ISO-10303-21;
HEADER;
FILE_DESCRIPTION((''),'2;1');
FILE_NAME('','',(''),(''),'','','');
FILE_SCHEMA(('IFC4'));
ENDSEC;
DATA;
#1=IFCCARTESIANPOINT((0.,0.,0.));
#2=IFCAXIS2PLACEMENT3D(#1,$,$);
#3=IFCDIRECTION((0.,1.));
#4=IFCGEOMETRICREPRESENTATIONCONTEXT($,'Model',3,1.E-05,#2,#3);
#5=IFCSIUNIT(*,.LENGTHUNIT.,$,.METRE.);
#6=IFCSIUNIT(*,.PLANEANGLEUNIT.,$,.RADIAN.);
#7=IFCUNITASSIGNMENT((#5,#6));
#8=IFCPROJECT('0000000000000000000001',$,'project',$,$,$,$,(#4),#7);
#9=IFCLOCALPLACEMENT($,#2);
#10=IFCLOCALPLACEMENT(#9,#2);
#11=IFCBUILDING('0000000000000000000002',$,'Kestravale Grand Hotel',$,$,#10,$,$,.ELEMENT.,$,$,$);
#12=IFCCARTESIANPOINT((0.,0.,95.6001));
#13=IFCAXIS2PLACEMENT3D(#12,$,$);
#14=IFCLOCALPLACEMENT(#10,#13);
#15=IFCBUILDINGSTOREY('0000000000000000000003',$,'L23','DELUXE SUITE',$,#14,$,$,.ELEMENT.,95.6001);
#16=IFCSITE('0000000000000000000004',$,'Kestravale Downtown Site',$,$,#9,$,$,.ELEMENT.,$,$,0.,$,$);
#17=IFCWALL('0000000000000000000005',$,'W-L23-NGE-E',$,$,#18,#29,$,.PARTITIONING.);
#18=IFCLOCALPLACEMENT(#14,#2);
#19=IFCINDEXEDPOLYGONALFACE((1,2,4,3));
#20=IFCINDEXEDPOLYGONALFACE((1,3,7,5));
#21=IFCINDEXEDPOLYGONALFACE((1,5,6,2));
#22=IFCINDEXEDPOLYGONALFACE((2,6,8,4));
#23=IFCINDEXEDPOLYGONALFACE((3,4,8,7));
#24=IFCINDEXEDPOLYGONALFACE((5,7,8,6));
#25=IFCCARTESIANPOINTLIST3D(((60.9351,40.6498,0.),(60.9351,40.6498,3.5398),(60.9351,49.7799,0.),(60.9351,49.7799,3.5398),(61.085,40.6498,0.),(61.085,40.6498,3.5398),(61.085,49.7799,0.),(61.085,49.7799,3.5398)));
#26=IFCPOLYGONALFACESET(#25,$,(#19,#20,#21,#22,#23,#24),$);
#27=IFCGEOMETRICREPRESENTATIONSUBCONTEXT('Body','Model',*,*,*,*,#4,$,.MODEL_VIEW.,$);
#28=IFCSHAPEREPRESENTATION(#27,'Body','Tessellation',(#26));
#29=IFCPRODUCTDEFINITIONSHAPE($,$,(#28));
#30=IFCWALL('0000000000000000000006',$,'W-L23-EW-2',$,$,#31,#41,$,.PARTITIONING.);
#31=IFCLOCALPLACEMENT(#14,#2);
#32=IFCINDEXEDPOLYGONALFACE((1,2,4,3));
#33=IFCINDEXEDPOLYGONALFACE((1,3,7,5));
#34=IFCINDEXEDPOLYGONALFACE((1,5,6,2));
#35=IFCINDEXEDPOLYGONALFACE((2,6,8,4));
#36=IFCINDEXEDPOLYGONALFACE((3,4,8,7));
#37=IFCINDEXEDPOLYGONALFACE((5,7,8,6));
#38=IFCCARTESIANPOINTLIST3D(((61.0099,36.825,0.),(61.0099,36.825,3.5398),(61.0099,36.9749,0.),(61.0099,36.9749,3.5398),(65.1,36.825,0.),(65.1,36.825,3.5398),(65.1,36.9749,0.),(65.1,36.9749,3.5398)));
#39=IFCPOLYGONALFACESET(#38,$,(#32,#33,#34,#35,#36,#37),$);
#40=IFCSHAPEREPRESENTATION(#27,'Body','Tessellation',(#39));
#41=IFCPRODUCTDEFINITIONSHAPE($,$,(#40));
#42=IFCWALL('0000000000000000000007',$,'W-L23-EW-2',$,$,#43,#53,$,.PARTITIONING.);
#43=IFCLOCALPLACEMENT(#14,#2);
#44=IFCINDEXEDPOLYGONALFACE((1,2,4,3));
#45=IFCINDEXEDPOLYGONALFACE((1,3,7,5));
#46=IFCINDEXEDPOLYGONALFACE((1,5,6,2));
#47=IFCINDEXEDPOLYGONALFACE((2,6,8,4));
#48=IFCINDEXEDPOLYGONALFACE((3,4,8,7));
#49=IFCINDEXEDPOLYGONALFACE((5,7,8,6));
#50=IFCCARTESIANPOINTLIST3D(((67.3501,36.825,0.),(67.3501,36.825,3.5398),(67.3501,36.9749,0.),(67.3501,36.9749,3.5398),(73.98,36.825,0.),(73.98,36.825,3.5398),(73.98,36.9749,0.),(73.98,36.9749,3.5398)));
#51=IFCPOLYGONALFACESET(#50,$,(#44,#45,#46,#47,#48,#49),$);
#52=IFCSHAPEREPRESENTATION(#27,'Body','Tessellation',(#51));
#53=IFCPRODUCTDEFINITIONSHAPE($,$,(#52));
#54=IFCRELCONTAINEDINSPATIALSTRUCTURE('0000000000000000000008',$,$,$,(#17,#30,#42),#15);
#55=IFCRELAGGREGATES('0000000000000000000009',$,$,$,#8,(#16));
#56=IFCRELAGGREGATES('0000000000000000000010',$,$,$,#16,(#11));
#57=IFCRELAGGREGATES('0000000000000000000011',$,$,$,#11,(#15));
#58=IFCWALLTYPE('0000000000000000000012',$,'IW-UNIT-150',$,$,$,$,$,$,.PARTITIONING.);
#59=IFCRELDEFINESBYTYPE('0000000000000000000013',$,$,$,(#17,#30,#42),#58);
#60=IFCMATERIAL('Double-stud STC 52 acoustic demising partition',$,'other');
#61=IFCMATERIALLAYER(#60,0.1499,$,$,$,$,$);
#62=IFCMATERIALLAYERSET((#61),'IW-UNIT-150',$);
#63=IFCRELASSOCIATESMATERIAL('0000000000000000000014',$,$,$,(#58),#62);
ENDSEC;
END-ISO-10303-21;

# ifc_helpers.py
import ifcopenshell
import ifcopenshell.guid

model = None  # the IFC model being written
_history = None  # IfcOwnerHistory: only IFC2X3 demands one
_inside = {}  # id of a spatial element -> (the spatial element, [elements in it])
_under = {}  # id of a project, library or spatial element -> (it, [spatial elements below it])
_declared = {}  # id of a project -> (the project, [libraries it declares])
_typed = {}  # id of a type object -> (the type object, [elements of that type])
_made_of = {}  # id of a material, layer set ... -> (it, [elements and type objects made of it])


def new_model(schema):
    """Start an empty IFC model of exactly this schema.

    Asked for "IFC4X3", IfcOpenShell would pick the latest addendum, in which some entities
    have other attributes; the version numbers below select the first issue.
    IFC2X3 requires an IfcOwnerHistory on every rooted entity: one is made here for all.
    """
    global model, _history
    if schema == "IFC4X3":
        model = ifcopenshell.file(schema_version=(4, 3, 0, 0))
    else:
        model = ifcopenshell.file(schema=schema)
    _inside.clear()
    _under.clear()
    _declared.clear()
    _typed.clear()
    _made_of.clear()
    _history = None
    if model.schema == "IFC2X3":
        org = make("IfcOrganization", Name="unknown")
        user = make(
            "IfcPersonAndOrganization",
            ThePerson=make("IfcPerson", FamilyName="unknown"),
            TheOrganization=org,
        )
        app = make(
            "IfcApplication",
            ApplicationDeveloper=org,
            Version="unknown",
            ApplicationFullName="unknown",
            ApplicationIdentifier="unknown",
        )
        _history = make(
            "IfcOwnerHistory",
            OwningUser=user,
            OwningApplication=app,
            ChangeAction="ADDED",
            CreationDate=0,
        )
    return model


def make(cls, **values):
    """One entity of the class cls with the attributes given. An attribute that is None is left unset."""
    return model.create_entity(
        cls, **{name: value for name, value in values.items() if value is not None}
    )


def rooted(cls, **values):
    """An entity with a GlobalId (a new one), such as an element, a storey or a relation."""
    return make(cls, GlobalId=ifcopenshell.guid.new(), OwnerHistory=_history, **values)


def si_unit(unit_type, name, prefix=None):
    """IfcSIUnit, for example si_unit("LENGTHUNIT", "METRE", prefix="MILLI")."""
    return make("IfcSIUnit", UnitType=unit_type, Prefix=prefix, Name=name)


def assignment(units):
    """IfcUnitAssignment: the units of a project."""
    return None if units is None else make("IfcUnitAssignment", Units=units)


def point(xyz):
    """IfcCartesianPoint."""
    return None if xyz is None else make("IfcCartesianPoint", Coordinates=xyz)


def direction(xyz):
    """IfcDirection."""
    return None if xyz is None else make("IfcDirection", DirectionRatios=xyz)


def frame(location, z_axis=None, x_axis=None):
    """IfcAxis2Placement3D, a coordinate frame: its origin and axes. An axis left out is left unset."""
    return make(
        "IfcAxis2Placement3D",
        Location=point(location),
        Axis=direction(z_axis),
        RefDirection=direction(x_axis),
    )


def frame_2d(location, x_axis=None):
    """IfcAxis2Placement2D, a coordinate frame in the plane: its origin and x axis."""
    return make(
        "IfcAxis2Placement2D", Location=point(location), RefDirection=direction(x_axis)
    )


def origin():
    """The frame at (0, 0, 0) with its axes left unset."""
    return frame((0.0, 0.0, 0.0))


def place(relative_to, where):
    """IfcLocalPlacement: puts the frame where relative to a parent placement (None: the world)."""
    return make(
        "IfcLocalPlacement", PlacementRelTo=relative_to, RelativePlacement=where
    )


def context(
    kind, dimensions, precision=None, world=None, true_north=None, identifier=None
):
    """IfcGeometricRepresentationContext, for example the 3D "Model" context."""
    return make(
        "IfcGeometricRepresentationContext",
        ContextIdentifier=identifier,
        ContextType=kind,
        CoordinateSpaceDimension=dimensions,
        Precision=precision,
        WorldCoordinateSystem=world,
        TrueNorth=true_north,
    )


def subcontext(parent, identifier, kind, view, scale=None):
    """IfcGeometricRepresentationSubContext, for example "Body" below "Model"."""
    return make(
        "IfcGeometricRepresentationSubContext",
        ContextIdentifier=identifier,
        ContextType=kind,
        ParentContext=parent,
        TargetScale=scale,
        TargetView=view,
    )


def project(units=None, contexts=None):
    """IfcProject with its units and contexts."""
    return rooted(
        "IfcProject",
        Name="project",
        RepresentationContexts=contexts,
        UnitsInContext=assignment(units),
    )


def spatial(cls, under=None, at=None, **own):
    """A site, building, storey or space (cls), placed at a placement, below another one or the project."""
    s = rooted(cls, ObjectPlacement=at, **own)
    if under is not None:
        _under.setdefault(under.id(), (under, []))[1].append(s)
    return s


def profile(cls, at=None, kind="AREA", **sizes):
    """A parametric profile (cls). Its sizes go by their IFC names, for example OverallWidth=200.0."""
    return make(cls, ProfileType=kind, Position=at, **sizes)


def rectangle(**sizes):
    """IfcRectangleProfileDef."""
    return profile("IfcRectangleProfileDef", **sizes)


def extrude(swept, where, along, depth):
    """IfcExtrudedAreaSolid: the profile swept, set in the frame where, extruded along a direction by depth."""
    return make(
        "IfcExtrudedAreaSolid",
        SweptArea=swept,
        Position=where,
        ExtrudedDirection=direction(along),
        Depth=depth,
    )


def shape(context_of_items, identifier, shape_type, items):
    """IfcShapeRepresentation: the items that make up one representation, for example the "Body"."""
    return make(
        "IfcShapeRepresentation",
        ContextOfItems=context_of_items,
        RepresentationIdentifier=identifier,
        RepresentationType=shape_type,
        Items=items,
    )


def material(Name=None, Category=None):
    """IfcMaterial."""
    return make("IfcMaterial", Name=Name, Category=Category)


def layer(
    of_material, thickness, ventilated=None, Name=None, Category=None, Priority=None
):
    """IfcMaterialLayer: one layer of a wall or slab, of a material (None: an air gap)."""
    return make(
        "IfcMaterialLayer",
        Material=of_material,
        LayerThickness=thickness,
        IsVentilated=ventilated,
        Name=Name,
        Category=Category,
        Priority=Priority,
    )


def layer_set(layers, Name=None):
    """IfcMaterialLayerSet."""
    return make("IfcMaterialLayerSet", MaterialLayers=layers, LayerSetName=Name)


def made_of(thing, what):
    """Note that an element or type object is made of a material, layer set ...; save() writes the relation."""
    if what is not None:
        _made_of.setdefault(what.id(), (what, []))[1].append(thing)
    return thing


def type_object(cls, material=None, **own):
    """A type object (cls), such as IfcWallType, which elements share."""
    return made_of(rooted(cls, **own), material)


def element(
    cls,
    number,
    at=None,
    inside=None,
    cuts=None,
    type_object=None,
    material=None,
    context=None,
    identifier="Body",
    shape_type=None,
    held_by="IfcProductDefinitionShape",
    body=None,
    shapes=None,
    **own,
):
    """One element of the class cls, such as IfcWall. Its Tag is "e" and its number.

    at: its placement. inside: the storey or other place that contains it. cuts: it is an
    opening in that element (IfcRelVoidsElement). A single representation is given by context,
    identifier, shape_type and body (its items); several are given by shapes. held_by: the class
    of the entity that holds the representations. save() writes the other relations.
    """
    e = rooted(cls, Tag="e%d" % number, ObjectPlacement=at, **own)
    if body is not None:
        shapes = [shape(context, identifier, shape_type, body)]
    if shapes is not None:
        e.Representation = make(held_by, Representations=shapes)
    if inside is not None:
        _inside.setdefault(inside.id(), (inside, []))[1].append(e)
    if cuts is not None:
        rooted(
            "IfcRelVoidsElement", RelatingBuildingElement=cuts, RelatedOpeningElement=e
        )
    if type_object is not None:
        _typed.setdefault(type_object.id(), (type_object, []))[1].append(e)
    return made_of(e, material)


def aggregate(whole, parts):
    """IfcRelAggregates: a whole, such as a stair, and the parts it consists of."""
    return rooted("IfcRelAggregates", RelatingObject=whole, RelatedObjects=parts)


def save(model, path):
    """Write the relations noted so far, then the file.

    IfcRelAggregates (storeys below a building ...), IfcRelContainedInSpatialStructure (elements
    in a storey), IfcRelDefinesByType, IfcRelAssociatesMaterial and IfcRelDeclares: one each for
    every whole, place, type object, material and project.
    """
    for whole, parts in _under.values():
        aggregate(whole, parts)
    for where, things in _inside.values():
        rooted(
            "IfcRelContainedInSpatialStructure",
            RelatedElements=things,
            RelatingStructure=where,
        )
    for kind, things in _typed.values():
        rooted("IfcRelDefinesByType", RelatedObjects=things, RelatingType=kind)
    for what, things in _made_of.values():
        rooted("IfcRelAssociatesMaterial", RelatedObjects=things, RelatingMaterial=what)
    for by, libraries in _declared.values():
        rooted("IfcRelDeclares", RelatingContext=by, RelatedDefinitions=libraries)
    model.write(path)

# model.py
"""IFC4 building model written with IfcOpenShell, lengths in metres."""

from ifc_helpers import new_model, si_unit, direction, frame, frame_2d, origin, place, context, subcontext, project, spatial, rectangle, extrude, material, layer, layer_set, type_object, element, save


model = new_model("IFC4")

# Units and contexts
model_context = context("Model", 3, precision=1e-05, world=origin(), true_north=direction((0.0, 1.0)))
body_context = subcontext(model_context, "Body", "Model", "MODEL_VIEW")
ifc_project = project(units=[si_unit("LENGTHUNIT", "METRE"), si_unit("PLANEANGLEUNIT", "RADIAN")], contexts=[model_context])

# Site, building, storey
site_placement = place(None, origin())
site = spatial("IfcSite", under=ifc_project, at=site_placement, Name="Kestravale Downtown Site", CompositionType="ELEMENT", RefElevation=0.0)
building_placement = place(site_placement, origin())
building = spatial("IfcBuilding", under=site, at=building_placement, Name="Kestravale Grand Hotel", CompositionType="ELEMENT")
storey_placement = place(building_placement, frame((0.0, 0.0, 95.6001)))
storey = spatial("IfcBuildingStorey", under=building, at=storey_placement, Name="L23", Description="DELUXE SUITE", CompositionType="ELEMENT", Elevation=95.6001)

# Shared definitions
ifc_material_1 = material(Name="Double-stud STC 52 acoustic demising partition", Category="other")
ifc_layer_1 = layer(ifc_material_1, 0.1499)
ifc_layer_set_1 = layer_set([ifc_layer_1], Name="IW-UNIT-150")
wall_type_1 = type_object("IfcWallType", Name="IW-UNIT-150", PredefinedType="PARTITIONING", material=ifc_layer_set_1)

# Walls
wall_1_placement = place(storey_placement, frame((61.01, 40.6499, 0.0), z_axis=(0.0, 0.0, 1.0), x_axis=(0.0, 1.0, 0.0)))
element("IfcWall", 1, at=wall_1_placement, inside=storey, type_object=wall_type_1, Name="W-L23-NGE-E", PredefinedType="PARTITIONING", context=body_context, shape_type="SweptSolid", body=[
    extrude(rectangle(XDim=9.1301, YDim=0.1499, at=frame_2d((4.5649, 0.0))), origin(), (0.0, 0.0, 1.0), 3.5398),
])
wall_2_placement = place(storey_placement, frame((61.01, 36.8999, 0.0), z_axis=(0.0, 0.0, 1.0), x_axis=(1.0, 0.0, 0.0)))
element("IfcWall", 2, at=wall_2_placement, inside=storey, type_object=wall_type_1, Name="W-L23-EW-2", PredefinedType="PARTITIONING", context=body_context, shape_type="SweptSolid", body=[
    extrude(rectangle(XDim=4.0901, YDim=0.1499, at=frame_2d((2.0449, 0.0))), origin(), (0.0, 0.0, 1.0), 3.5398),
])
wall_3_placement = place(storey_placement, frame((67.3501, 36.8999, 0.0), z_axis=(0.0, 0.0, 1.0), x_axis=(1.0, 0.0, 0.0)))
element("IfcWall", 3, at=wall_3_placement, inside=storey, type_object=wall_type_1, Name="W-L23-EW-2", PredefinedType="PARTITIONING", context=body_context, shape_type="SweptSolid", body=[
    extrude(rectangle(XDim=6.6299, YDim=0.1499, at=frame_2d((3.3149, 0.0))), origin(), (0.0, 0.0, 1.0), 3.5398),
])

save(model, "model.ifc")
